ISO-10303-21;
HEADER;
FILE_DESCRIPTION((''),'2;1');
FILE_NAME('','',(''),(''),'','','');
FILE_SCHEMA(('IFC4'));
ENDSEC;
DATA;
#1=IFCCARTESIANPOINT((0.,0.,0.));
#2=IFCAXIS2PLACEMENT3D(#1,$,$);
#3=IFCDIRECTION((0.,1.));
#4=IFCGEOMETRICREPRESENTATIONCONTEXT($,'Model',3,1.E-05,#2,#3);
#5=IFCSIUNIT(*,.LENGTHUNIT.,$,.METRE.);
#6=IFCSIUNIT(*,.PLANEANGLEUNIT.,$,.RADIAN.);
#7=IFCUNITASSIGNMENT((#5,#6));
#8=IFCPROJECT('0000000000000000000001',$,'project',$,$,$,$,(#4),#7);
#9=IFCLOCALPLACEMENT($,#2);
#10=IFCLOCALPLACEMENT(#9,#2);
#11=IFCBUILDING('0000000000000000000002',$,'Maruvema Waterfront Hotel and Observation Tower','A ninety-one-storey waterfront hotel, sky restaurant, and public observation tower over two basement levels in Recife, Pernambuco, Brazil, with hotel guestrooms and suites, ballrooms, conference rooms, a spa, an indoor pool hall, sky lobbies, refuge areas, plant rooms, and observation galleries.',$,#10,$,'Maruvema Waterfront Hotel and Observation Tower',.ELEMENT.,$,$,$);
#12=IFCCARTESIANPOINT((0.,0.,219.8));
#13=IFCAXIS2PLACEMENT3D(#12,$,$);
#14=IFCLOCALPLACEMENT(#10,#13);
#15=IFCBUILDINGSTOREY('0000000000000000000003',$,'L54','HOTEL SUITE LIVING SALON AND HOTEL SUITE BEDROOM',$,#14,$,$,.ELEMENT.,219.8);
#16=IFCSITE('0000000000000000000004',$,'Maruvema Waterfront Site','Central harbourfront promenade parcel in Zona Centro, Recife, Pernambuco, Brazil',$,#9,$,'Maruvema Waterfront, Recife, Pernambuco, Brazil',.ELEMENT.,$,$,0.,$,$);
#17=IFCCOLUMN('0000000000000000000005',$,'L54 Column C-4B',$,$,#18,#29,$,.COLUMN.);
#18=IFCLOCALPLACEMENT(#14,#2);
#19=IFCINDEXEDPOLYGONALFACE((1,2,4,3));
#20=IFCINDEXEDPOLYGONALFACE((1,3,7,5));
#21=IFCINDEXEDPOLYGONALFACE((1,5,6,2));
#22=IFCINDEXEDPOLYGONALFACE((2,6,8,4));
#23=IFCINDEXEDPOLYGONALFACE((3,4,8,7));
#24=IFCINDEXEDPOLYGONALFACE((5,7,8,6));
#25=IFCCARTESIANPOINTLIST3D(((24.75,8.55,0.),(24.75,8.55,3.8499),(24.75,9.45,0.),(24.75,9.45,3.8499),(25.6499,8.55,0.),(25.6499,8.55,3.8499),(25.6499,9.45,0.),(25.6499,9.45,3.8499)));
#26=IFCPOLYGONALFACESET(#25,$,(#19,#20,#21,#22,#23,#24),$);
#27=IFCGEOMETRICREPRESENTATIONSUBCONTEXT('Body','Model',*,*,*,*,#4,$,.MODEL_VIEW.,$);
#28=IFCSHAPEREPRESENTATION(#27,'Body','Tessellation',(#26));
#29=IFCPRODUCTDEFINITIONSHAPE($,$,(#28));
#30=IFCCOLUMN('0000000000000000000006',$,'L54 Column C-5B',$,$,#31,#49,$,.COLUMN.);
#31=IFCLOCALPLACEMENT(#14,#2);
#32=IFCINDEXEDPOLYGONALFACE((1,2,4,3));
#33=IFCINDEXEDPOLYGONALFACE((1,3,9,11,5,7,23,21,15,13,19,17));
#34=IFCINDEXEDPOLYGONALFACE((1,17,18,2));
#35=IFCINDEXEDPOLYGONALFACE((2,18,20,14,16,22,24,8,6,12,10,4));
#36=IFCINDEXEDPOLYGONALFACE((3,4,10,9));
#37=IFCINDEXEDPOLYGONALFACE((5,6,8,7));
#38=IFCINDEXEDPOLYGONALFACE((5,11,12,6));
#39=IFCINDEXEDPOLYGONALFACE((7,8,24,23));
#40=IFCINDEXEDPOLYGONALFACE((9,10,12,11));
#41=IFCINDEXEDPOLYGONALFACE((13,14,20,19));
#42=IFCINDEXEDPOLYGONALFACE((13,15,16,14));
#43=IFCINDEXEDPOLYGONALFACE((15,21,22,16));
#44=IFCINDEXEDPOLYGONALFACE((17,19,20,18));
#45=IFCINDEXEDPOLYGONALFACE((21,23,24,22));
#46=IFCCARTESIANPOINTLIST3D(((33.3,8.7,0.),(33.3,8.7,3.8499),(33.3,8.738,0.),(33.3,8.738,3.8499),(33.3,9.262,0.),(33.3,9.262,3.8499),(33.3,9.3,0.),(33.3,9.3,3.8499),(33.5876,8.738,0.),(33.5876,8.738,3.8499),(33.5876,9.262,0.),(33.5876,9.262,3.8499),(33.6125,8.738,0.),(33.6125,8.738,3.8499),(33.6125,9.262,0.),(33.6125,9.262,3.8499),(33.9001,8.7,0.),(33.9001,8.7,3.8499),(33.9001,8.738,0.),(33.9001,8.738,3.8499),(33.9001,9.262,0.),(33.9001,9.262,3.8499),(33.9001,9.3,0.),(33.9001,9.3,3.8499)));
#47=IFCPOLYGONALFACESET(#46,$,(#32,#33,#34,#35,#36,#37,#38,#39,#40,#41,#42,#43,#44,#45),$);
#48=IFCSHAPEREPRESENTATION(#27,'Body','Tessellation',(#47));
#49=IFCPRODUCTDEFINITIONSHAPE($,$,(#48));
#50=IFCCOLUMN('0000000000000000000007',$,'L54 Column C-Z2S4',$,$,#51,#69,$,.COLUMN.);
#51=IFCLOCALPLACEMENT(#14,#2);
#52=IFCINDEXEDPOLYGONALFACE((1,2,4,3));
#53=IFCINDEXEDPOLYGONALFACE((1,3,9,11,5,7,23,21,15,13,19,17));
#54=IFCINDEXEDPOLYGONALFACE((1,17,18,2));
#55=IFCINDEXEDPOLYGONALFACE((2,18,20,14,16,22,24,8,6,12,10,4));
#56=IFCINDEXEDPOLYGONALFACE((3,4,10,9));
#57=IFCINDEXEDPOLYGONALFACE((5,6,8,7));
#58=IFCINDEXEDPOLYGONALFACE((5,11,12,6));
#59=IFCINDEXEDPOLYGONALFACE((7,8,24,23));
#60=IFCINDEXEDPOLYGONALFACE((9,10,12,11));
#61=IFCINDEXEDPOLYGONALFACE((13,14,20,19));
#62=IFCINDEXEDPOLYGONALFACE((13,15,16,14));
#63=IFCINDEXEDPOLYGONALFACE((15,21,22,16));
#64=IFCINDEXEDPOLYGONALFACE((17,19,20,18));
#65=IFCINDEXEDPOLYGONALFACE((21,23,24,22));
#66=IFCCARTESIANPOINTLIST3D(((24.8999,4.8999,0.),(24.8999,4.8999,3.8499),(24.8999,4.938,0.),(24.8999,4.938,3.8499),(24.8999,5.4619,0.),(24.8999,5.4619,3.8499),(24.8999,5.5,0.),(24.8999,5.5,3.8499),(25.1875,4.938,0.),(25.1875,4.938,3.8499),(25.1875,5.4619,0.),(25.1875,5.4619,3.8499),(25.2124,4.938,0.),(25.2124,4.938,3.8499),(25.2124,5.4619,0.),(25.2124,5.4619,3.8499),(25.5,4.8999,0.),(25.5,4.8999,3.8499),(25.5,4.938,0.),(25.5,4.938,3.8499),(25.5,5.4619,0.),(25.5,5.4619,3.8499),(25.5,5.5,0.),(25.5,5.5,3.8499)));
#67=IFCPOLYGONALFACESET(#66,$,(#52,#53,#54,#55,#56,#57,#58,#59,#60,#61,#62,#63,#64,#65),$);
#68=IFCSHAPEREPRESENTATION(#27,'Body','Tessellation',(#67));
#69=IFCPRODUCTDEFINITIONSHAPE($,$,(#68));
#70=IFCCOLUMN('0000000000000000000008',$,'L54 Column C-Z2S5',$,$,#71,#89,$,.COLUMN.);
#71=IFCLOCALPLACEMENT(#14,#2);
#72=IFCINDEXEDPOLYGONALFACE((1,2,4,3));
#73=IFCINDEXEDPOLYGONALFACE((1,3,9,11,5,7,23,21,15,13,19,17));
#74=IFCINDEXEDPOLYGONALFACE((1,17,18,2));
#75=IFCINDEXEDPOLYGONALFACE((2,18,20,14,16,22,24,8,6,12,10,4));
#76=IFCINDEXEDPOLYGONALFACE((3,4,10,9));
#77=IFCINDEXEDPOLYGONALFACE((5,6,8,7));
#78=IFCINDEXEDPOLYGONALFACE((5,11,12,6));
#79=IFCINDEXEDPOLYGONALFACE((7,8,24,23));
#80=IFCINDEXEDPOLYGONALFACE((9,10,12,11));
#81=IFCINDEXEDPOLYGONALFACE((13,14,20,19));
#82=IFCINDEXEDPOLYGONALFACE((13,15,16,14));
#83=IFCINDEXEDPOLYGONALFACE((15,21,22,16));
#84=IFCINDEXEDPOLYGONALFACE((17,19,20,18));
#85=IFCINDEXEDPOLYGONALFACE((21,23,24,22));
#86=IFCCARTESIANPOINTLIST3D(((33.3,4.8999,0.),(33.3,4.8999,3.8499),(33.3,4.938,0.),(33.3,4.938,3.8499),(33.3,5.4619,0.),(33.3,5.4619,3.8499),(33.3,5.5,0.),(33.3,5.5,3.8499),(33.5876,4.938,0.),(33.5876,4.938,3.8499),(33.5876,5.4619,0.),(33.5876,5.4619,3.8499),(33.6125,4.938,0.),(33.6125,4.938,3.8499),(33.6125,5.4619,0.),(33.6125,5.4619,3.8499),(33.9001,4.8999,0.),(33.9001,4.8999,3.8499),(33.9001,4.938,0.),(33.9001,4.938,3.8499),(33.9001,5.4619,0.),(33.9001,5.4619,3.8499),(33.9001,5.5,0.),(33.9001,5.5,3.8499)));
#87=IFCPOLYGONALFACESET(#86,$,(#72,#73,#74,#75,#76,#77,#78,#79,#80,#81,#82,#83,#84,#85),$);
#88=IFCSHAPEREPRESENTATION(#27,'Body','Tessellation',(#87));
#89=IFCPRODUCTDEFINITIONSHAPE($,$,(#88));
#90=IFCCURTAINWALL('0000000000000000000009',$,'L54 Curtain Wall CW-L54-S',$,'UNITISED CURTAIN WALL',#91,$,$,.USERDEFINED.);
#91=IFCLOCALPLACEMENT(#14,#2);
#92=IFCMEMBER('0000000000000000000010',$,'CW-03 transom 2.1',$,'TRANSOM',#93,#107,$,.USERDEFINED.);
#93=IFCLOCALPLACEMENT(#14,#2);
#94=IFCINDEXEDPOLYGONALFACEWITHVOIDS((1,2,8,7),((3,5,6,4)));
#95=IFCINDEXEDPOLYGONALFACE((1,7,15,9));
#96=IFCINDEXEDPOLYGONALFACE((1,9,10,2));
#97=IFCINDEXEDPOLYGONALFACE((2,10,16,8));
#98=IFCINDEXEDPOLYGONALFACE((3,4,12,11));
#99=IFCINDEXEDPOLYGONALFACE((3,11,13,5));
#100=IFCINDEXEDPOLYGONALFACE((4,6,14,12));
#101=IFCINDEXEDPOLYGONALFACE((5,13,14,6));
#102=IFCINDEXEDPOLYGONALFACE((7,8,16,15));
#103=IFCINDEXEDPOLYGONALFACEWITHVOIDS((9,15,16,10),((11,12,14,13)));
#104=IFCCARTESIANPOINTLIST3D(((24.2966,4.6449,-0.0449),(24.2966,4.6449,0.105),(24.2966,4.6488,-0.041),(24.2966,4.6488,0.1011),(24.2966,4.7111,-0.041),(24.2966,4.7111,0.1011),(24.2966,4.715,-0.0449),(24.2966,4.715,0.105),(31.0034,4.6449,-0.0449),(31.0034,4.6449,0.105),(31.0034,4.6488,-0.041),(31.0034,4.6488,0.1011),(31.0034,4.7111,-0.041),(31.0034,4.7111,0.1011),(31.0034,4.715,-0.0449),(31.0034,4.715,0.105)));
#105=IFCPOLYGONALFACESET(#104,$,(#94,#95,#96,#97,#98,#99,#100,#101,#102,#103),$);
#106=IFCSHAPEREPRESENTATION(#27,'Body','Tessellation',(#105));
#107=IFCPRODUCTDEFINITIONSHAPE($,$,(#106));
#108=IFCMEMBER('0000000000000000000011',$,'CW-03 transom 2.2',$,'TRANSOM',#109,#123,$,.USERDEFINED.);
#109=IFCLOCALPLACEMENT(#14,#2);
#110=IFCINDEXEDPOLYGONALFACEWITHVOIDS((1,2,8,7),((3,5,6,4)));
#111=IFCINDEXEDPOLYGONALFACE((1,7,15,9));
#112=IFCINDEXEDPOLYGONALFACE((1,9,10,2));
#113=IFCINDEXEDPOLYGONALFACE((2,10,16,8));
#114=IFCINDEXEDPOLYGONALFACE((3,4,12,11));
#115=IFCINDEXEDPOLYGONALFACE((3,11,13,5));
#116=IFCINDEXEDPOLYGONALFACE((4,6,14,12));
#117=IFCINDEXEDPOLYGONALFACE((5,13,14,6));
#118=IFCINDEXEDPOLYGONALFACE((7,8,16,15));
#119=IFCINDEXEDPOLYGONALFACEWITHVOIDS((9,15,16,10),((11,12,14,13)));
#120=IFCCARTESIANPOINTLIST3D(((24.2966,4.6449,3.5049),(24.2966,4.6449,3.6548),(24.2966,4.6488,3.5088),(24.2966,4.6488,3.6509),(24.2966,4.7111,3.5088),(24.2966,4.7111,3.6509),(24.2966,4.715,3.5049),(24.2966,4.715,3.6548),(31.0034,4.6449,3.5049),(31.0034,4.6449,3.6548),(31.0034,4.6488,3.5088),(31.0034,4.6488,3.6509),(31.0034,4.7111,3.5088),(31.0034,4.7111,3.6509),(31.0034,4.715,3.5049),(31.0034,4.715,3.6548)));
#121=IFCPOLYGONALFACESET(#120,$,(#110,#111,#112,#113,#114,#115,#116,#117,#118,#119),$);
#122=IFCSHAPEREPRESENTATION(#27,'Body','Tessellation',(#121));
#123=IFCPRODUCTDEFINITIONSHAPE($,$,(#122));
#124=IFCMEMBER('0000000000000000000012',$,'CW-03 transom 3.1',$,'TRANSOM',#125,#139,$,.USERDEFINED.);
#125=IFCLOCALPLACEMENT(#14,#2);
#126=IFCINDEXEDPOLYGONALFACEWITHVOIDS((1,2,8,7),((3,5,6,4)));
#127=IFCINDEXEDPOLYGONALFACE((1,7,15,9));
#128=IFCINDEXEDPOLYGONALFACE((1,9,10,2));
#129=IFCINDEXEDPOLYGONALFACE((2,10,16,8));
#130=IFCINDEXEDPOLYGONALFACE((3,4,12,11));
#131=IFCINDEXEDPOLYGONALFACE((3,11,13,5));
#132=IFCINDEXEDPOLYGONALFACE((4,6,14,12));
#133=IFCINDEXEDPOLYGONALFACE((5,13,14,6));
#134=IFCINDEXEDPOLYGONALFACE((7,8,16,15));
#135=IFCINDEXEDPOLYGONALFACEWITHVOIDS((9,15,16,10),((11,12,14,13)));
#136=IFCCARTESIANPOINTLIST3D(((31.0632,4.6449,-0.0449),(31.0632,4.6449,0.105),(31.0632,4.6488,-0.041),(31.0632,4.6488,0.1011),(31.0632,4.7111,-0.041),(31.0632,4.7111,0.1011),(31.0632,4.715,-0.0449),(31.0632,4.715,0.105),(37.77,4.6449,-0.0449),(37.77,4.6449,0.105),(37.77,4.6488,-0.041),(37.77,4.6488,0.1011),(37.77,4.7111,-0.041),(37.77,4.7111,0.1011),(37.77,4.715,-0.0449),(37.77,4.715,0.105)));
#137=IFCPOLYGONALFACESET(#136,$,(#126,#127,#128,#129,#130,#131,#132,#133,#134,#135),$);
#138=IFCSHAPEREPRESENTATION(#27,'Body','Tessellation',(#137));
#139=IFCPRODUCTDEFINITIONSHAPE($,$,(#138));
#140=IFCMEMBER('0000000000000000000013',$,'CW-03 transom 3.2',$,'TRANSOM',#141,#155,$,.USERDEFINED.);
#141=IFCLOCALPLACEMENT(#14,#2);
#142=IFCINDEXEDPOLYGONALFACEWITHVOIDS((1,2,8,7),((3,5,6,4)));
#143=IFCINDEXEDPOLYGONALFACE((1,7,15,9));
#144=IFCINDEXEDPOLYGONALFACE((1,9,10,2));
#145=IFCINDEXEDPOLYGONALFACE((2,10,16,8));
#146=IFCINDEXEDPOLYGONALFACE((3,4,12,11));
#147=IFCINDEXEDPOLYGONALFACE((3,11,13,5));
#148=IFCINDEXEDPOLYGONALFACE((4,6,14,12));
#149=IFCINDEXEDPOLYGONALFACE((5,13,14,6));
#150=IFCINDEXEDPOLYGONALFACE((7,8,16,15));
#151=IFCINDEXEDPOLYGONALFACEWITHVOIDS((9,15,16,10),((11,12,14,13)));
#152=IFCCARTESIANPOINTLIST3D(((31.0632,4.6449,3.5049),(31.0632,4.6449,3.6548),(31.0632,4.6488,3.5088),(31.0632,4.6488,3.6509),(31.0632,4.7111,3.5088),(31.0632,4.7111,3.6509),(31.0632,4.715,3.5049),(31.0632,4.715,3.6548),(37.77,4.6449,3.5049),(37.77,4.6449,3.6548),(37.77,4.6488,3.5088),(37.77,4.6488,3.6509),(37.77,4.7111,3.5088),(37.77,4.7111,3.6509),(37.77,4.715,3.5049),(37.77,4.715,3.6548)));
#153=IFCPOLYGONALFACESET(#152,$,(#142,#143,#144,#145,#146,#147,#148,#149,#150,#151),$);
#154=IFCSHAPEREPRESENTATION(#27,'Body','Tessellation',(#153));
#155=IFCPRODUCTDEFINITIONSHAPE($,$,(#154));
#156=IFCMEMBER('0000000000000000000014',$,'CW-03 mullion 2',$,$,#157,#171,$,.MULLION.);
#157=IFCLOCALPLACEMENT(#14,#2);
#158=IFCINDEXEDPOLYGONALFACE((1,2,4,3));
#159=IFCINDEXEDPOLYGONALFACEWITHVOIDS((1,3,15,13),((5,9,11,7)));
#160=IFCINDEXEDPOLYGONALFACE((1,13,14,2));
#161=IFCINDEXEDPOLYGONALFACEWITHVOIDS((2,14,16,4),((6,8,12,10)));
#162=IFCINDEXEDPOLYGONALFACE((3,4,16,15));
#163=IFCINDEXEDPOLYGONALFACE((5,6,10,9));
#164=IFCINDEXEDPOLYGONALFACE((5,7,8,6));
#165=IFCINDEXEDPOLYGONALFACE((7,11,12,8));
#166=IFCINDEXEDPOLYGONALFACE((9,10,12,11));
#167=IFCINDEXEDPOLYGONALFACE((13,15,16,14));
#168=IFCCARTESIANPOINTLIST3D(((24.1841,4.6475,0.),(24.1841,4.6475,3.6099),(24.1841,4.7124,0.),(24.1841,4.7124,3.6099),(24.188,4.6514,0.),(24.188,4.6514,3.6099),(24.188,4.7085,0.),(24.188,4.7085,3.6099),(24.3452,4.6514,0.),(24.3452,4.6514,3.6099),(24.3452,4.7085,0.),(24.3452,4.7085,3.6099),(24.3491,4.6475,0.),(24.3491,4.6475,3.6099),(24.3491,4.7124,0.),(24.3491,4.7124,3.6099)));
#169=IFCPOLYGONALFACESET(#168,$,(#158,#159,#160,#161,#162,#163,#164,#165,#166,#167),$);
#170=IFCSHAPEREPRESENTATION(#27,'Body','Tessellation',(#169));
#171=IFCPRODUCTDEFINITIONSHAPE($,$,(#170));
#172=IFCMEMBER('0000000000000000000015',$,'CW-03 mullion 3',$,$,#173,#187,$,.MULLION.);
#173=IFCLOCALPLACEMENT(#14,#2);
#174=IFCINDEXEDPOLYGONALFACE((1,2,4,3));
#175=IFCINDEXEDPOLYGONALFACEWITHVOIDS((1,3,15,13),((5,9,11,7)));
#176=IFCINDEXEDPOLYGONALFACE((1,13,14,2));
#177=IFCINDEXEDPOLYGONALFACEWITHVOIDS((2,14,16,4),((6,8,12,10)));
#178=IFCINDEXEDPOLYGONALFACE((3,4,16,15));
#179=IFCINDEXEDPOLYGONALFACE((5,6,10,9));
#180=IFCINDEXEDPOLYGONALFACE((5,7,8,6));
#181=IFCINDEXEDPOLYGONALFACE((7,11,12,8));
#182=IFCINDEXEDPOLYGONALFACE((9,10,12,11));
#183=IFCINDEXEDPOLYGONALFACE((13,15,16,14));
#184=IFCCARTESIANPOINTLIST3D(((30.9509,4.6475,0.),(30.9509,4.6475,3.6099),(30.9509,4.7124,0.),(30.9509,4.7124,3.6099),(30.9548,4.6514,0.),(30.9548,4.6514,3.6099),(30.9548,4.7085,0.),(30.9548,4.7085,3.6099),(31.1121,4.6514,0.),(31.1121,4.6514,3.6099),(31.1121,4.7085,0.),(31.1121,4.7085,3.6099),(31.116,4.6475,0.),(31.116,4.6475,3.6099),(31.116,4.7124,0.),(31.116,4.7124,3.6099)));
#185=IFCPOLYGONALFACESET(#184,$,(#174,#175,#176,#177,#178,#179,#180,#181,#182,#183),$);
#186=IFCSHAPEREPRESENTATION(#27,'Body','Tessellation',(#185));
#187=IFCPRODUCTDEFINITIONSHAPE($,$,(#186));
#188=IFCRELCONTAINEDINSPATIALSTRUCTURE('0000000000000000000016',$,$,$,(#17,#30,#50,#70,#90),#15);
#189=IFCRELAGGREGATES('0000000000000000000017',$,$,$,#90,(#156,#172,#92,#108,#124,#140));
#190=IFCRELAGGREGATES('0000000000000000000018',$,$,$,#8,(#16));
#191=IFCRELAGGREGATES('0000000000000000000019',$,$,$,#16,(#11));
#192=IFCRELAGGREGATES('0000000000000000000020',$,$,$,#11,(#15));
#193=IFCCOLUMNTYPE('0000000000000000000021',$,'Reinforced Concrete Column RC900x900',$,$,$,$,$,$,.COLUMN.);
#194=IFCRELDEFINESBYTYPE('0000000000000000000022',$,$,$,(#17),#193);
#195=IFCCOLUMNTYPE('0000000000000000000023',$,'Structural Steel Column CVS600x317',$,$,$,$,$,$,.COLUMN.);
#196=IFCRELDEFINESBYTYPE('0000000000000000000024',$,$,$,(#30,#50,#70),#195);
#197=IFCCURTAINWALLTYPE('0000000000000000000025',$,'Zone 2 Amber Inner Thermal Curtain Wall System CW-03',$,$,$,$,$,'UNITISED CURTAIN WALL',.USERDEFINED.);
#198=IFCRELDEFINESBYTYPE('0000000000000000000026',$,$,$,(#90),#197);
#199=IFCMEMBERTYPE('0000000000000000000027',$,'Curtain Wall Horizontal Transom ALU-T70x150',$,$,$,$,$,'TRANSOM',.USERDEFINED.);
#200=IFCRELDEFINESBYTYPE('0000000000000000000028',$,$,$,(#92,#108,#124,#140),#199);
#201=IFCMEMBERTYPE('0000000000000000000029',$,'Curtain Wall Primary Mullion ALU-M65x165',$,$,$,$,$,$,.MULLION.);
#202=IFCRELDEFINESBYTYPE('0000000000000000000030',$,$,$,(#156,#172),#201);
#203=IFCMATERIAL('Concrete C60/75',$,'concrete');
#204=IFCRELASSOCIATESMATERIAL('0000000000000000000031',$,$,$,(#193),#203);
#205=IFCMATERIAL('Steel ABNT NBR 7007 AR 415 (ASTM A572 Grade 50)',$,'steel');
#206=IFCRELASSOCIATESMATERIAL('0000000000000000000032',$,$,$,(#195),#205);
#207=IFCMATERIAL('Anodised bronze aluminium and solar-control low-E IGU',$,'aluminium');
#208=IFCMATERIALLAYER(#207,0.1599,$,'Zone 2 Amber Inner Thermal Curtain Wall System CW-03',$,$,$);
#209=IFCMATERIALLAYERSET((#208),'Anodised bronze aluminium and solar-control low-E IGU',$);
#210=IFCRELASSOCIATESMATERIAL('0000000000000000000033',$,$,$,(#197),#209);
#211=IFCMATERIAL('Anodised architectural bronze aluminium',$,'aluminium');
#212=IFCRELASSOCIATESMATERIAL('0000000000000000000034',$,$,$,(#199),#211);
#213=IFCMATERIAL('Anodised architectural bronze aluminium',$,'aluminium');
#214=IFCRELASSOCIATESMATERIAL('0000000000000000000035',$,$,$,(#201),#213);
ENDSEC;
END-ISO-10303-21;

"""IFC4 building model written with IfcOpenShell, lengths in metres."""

from ifc_helpers import new_model, si_unit, direction, frame, origin, origin_2d, place, context, subcontext, project, spatial, rectangle, hollow_rectangle, i_section, extrude, material, layer, layer_set, material_profile, profile_set, type_object, element, aggregate, save


model = new_model("IFC4")

# Units and contexts
model_context = context("Model", 3, precision=1e-05, world=origin(), true_north=direction((0.0, 1.0)))
body_context = subcontext(model_context, "Body", "Model", "MODEL_VIEW")
ifc_project = project(units=[si_unit("LENGTHUNIT", "METRE"), si_unit("PLANEANGLEUNIT", "RADIAN")], contexts=[model_context])

# Site, building, storey
site_placement = place(None, origin())
site = spatial("IfcSite", under=ifc_project, at=site_placement, Name="Maruvema Waterfront Site", Description="Central harbourfront promenade parcel in Zona Centro, Recife, Pernambuco, Brazil", LongName="Maruvema Waterfront, Recife, Pernambuco, Brazil", CompositionType="ELEMENT", RefElevation=0.0)
building_placement = place(site_placement, origin())
building = spatial("IfcBuilding", under=site, at=building_placement, Name="Maruvema Waterfront Hotel and Observation Tower", Description="A ninety-one-storey waterfront hotel, sky restaurant, and public observation tower over two basement levels in Recife, Pernambuco, Brazil, with hotel guestrooms and suites, ballrooms, conference rooms, a spa, an indoor pool hall, sky lobbies, refuge areas, plant rooms, and observation galleries.", LongName="Maruvema Waterfront Hotel and Observation Tower", CompositionType="ELEMENT")
storey_placement = place(building_placement, frame((0.0, 0.0, 219.8)))
storey = spatial("IfcBuildingStorey", under=building, at=storey_placement, Name="L54", Description="HOTEL SUITE LIVING SALON AND HOTEL SUITE BEDROOM", CompositionType="ELEMENT", Elevation=219.8)

# Columns
ifc_material_1 = material(Name="Concrete C60/75", Category="concrete")
ifc_material_profile_1 = material_profile(ifc_material_1, rectangle(XDim=0.8999, YDim=0.8999, at=origin_2d()), Name="RC900x900")
ifc_profile_set_1 = profile_set([ifc_material_profile_1], Name="Concrete C60/75")
column_type_1 = type_object("IfcColumnType", Name="Reinforced Concrete Column RC900x900", PredefinedType="COLUMN", material=ifc_profile_set_1)
column_placement = place(storey_placement, frame((25.2, 9.0, 0.0), z_axis=(0.0, 0.0, 1.0), x_axis=(1.0, 0.0, 0.0)))
element("IfcColumn", 1, at=column_placement, inside=storey, type_object=column_type_1, Name="L54 Column C-4B", PredefinedType="COLUMN", context=body_context, shape_type="SweptSolid", body=[
    extrude(rectangle(XDim=0.8999, YDim=0.8999, at=origin_2d()), origin(), (0.0, 0.0, 1.0), 3.8499),
])
ifc_material_2 = material(Name="Steel ABNT NBR 7007 AR 415 (ASTM A572 Grade 50)", Category="steel")
ifc_material_profile_2 = material_profile(ifc_material_2, i_section(OverallWidth=0.6001, OverallDepth=0.6001, WebThickness=0.0249, FlangeThickness=0.0381, at=origin_2d()), Name="CVS600x317")
ifc_profile_set_2 = profile_set([ifc_material_profile_2], Name="Steel ABNT NBR 7007 AR 415 (ASTM A572 Grade 50)")
column_type_2 = type_object("IfcColumnType", Name="Structural Steel Column CVS600x317", PredefinedType="COLUMN", material=ifc_profile_set_2)
for number, where, z_axis, x_axis, name in (
    (2, (33.6001, 9.0, 0.0), (0.0, 0.0, 1.0), (1.0, 0.0, 0.0), "L54 Column C-5B"),
    (3, (25.2, 5.2, 0.0), (0.0, 0.0, 1.0), (1.0, 0.0, 0.0), "L54 Column C-Z2S4"),
    (4, (33.6001, 5.2, 0.0), (0.0, 0.0, 1.0), (1.0, 0.0, 0.0), "L54 Column C-Z2S5"),
):
    element("IfcColumn", number, at=place(storey_placement, frame(where, z_axis=z_axis, x_axis=x_axis)), inside=storey, type_object=column_type_2, Name=name, PredefinedType="COLUMN", context=body_context, shape_type="SweptSolid", body=[
        extrude(i_section(OverallWidth=0.6001, OverallDepth=0.6001, WebThickness=0.0249, FlangeThickness=0.0381, at=origin_2d()), origin(), (0.0, 0.0, 1.0), 3.8499),
    ])

# Curtain wall, members
ifc_material_3 = material(Name="Anodised bronze aluminium and solar-control low-E IGU", Category="aluminium")
ifc_layer_1 = layer(ifc_material_3, 0.1599, Name="Zone 2 Amber Inner Thermal Curtain Wall System CW-03")
ifc_layer_set_1 = layer_set([ifc_layer_1], Name="Anodised bronze aluminium and solar-control low-E IGU")
curtain_wall_type = type_object("IfcCurtainWallType", Name="Zone 2 Amber Inner Thermal Curtain Wall System CW-03", ElementType="UNITISED CURTAIN WALL", PredefinedType="USERDEFINED", material=ifc_layer_set_1)
curtain_wall_placement = place(storey_placement, origin())
curtain_wall = element("IfcCurtainWall", 5, at=curtain_wall_placement, inside=storey, type_object=curtain_wall_type, Name="L54 Curtain Wall CW-L54-S", ObjectType="UNITISED CURTAIN WALL", PredefinedType="USERDEFINED")
ifc_material_4 = material(Name="Anodised architectural bronze aluminium", Category="aluminium")
ifc_material_profile_3 = material_profile(ifc_material_4, hollow_rectangle(XDim=0.0701, YDim=0.1499, WallThickness=0.0039, at=origin_2d()), Name="ALU-T70x150")
ifc_profile_set_3 = profile_set([ifc_material_profile_3], Name="Anodised architectural bronze aluminium")
member_type_1 = type_object("IfcMemberType", Name="Curtain Wall Horizontal Transom ALU-T70x150", ElementType="TRANSOM", PredefinedType="USERDEFINED", material=ifc_profile_set_3)
member_1_placement = place(storey_placement, frame((24.2966, 4.6799, 0.03), z_axis=(1.0, 0.0, 0.0), x_axis=(0.0, 1.0, 0.0)))
member_1 = element("IfcMember", 6, at=member_1_placement, type_object=member_type_1, Name="CW-03 transom 2.1", ObjectType="TRANSOM", PredefinedType="USERDEFINED", context=body_context, shape_type="SweptSolid", body=[
    extrude(hollow_rectangle(XDim=0.0701, YDim=0.1499, WallThickness=0.0039, at=origin_2d()), origin(), (0.0, 0.0, 1.0), 6.7068),
])
member_2_placement = place(storey_placement, frame((24.2966, 4.6799, 3.5798), z_axis=(1.0, 0.0, 0.0), x_axis=(0.0, 1.0, 0.0)))
member_2 = element("IfcMember", 7, at=member_2_placement, type_object=member_type_1, Name="CW-03 transom 2.2", ObjectType="TRANSOM", PredefinedType="USERDEFINED", context=body_context, shape_type="SweptSolid", body=[
    extrude(hollow_rectangle(XDim=0.0701, YDim=0.1499, WallThickness=0.0039, at=origin_2d()), origin(), (0.0, 0.0, 1.0), 6.7068),
])
member_3_placement = place(storey_placement, frame((31.0632, 4.6799, 0.03), z_axis=(1.0, 0.0, 0.0), x_axis=(0.0, 1.0, 0.0)))
member_3 = element("IfcMember", 8, at=member_3_placement, type_object=member_type_1, Name="CW-03 transom 3.1", ObjectType="TRANSOM", PredefinedType="USERDEFINED", context=body_context, shape_type="SweptSolid", body=[
    extrude(hollow_rectangle(XDim=0.0701, YDim=0.1499, WallThickness=0.0039, at=origin_2d()), origin(), (0.0, 0.0, 1.0), 6.7068),
])
member_4_placement = place(storey_placement, frame((31.0632, 4.6799, 3.5798), z_axis=(1.0, 0.0, 0.0), x_axis=(0.0, 1.0, 0.0)))
member_4 = element("IfcMember", 9, at=member_4_placement, type_object=member_type_1, Name="CW-03 transom 3.2", ObjectType="TRANSOM", PredefinedType="USERDEFINED", context=body_context, shape_type="SweptSolid", body=[
    extrude(hollow_rectangle(XDim=0.0701, YDim=0.1499, WallThickness=0.0039, at=origin_2d()), origin(), (0.0, 0.0, 1.0), 6.7068),
])
ifc_material_5 = material(Name="Anodised architectural bronze aluminium", Category="aluminium")
ifc_material_profile_4 = material_profile(ifc_material_5, hollow_rectangle(XDim=0.0649, YDim=0.165, WallThickness=0.0039, at=origin_2d()), Name="ALU-M65x165")
ifc_profile_set_4 = profile_set([ifc_material_profile_4], Name="Anodised architectural bronze aluminium")
member_type_2 = type_object("IfcMemberType", Name="Curtain Wall Primary Mullion ALU-M65x165", PredefinedType="MULLION", material=ifc_profile_set_4)
member_5_placement = place(storey_placement, frame((24.2666, 4.6799, 0.0), z_axis=(0.0, 0.0, 1.0), x_axis=(0.0, 1.0, 0.0)))
member_5 = element("IfcMember", 10, at=member_5_placement, type_object=member_type_2, Name="CW-03 mullion 2", PredefinedType="MULLION", context=body_context, shape_type="SweptSolid", body=[
    extrude(hollow_rectangle(XDim=0.0649, YDim=0.165, WallThickness=0.0039, at=origin_2d()), origin(), (0.0, 0.0, 1.0), 3.6099),
])
member_6_placement = place(storey_placement, frame((31.0334, 4.6799, 0.0), z_axis=(0.0, 0.0, 1.0), x_axis=(0.0, 1.0, 0.0)))
member_6 = element("IfcMember", 11, at=member_6_placement, type_object=member_type_2, Name="CW-03 mullion 3", PredefinedType="MULLION", context=body_context, shape_type="SweptSolid", body=[
    extrude(hollow_rectangle(XDim=0.0649, YDim=0.165, WallThickness=0.0039, at=origin_2d()), origin(), (0.0, 0.0, 1.0), 3.6099),
])

aggregate(curtain_wall, [member_5, member_6, member_1, member_2, member_3, member_4])

save(model, "model.ifc")
